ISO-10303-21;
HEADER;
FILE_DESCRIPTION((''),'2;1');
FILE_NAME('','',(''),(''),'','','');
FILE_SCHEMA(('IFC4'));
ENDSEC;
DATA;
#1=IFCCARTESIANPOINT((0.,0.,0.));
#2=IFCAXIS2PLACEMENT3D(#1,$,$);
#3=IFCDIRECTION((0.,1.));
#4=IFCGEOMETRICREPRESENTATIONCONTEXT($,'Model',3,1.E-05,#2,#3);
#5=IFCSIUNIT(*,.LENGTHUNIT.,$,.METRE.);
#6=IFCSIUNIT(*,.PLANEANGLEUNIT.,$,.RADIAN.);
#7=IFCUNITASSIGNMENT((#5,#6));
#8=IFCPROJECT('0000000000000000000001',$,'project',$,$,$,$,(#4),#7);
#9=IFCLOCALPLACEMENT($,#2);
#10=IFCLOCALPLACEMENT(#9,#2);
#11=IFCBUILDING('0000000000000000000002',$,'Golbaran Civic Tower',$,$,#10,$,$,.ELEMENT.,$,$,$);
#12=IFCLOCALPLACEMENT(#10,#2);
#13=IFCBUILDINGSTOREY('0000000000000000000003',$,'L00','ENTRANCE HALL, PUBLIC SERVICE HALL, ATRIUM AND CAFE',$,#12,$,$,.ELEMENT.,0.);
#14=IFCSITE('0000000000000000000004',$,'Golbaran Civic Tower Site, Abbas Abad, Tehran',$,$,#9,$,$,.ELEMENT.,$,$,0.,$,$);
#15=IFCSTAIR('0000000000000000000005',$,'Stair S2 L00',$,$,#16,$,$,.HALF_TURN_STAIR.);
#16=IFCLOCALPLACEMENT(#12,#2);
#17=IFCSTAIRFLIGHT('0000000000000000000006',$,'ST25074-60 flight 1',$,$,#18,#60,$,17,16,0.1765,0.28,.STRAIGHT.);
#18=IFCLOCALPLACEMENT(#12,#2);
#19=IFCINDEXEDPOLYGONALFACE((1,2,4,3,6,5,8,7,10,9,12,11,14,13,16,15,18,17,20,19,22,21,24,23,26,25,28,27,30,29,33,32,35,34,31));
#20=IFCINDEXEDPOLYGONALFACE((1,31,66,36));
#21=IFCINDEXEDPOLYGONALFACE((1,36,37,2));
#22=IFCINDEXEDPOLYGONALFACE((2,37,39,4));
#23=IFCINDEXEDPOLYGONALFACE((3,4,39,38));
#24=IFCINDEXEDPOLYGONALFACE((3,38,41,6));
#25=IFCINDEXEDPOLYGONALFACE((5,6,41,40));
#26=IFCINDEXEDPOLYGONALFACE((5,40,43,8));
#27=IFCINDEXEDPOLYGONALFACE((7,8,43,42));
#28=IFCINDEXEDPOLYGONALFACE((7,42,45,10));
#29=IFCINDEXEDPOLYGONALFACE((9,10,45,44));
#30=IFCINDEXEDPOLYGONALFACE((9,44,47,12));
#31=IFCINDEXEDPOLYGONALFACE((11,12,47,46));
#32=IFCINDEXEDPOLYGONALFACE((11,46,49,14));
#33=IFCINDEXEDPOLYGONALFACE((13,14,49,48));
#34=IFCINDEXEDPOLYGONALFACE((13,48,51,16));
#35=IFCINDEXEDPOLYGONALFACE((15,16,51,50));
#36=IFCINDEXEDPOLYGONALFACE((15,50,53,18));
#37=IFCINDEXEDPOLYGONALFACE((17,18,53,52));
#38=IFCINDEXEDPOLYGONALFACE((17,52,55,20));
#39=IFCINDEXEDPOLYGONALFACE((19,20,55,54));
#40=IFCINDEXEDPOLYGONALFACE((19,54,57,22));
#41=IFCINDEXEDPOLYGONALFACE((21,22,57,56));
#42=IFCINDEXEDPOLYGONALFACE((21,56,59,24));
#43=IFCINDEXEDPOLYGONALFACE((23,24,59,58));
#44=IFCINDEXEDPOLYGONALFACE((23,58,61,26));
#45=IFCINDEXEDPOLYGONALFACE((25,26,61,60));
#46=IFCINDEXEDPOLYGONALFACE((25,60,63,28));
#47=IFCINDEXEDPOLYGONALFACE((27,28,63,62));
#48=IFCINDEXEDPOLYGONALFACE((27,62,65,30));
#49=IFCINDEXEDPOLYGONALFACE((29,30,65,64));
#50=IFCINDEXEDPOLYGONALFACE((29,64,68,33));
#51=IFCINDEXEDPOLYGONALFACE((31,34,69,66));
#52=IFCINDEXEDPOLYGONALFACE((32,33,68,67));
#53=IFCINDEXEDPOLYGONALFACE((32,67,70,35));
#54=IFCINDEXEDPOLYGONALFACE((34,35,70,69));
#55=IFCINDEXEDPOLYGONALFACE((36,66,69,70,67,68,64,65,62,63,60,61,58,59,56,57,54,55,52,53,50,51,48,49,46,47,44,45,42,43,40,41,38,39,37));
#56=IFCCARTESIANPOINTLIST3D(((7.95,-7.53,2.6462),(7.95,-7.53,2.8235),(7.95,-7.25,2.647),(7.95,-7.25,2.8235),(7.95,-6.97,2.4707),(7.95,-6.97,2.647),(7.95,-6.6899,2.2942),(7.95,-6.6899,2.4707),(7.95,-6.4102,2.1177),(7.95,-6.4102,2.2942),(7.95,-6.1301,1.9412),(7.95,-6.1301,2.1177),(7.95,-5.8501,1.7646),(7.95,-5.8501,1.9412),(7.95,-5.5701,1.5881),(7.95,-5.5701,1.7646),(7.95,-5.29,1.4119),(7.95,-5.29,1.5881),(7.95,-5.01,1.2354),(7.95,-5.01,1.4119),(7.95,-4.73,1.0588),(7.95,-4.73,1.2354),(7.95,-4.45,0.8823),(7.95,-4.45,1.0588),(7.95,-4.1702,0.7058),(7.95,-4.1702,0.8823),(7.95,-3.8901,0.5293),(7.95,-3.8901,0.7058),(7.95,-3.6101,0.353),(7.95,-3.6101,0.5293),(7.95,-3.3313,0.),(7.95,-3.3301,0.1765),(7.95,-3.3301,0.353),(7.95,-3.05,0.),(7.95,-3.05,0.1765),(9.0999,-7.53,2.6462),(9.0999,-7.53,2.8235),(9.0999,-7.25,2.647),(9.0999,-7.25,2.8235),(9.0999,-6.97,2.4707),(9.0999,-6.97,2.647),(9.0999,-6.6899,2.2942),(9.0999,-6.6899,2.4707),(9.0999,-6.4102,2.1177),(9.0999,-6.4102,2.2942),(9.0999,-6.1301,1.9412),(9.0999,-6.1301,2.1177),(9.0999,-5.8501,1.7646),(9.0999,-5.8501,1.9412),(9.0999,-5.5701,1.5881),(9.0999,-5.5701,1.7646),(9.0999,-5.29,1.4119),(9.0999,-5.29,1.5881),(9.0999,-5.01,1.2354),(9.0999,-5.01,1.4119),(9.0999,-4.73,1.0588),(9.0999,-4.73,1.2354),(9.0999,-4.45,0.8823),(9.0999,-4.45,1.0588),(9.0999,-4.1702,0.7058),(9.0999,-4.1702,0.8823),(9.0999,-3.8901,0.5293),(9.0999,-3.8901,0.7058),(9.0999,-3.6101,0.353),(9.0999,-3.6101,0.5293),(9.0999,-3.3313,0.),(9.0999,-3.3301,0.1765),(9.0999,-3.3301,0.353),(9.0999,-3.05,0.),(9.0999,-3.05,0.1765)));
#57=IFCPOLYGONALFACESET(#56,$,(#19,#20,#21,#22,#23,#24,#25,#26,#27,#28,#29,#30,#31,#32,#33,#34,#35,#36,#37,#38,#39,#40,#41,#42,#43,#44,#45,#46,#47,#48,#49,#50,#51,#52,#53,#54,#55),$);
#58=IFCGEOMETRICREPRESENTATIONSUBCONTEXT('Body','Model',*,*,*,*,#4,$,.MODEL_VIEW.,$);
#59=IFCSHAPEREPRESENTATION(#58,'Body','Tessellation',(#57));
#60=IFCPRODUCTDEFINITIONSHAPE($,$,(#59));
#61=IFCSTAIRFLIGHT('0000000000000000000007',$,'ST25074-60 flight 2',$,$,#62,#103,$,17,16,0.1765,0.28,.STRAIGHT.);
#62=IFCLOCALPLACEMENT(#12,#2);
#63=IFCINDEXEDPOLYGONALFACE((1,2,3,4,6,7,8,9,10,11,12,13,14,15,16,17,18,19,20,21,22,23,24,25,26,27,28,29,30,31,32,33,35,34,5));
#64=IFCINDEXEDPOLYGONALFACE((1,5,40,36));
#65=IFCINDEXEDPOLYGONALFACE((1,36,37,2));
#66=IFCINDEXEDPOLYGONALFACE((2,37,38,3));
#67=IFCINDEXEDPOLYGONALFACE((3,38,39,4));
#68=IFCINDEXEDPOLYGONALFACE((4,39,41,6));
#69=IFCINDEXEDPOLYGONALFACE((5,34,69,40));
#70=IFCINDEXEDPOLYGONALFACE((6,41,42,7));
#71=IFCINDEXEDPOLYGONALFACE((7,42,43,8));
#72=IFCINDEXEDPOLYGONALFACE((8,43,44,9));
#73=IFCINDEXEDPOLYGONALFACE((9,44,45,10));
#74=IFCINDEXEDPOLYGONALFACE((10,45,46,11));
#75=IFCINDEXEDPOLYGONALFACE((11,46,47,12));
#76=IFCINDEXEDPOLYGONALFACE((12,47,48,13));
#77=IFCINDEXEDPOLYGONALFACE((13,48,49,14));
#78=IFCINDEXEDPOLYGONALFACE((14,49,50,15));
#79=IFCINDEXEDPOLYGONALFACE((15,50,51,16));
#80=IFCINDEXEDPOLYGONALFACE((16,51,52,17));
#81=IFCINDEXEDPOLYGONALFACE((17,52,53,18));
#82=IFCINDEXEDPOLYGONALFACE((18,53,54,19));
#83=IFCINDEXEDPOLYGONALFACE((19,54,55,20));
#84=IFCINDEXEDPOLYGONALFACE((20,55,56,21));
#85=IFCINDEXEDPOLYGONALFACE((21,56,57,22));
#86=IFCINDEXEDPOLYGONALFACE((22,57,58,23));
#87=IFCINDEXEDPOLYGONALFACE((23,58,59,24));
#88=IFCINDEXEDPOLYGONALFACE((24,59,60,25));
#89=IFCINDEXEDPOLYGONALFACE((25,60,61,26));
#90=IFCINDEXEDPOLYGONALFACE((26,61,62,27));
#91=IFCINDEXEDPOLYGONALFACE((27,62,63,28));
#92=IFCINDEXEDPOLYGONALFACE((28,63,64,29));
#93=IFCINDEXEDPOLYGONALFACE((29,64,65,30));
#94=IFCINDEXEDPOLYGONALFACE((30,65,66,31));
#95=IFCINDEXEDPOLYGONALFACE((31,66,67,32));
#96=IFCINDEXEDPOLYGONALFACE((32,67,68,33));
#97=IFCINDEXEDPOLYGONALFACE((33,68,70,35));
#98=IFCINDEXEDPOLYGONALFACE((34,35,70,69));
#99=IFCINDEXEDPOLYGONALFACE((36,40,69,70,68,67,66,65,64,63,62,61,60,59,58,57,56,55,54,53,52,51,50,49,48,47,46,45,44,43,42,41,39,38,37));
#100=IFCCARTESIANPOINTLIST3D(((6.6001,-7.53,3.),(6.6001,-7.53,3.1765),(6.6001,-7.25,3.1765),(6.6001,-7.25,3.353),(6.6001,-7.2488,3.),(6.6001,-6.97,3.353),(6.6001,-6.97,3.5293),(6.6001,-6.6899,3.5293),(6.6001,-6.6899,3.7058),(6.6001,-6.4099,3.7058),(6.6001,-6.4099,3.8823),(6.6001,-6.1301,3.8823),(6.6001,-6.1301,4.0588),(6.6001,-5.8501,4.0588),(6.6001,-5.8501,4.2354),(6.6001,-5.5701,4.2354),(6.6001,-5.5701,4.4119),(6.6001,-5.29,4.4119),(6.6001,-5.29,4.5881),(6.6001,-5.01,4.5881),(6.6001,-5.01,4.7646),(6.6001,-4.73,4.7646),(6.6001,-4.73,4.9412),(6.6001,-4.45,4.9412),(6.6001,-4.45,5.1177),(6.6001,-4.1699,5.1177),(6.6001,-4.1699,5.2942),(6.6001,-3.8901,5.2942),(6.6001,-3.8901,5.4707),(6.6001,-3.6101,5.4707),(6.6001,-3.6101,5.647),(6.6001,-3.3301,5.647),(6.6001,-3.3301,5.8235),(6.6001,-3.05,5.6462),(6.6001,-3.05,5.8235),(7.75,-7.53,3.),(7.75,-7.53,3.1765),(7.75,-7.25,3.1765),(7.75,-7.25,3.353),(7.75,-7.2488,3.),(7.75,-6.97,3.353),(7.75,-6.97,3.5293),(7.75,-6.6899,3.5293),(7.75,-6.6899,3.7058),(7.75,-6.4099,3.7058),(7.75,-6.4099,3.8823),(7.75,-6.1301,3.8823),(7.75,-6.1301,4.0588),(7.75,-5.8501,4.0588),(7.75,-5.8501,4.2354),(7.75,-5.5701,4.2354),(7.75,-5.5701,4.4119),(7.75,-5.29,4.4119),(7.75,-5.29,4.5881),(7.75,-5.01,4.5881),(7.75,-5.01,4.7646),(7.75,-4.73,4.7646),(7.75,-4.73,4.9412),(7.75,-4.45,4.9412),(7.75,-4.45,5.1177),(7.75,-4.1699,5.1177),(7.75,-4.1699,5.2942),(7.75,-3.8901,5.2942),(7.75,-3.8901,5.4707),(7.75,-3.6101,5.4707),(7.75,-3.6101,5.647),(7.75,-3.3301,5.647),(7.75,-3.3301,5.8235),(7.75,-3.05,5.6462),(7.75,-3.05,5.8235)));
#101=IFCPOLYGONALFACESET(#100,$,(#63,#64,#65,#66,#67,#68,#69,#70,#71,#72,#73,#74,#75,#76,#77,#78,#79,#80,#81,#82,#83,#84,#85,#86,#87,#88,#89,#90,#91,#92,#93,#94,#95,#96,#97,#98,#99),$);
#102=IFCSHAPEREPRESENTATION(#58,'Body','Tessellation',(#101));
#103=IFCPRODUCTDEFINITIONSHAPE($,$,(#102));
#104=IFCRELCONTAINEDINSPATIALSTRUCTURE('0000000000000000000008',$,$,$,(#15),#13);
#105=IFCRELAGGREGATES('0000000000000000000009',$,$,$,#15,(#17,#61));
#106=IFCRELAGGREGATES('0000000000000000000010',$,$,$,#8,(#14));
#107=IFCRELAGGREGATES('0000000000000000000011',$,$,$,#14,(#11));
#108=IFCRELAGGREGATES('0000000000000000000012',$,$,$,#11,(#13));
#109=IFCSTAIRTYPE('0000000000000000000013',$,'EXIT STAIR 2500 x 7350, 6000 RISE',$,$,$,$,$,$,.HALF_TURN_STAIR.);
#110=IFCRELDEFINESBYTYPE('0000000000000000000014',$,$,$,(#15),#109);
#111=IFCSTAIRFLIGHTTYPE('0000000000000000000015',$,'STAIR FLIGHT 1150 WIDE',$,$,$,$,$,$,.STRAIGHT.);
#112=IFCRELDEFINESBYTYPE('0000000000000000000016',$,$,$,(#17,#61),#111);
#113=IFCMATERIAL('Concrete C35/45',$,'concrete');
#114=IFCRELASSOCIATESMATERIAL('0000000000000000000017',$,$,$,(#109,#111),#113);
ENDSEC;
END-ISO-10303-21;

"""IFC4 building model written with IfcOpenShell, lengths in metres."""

from ifc_helpers import new_model, si_unit, direction, frame, origin, place, context, subcontext, project, spatial, polyline, outline, extrude, material, type_object, element, aggregate, save


model = new_model("IFC4")

# Units and contexts
model_context = context("Model", 3, precision=1e-05, world=origin(), true_north=direction((0.0, 1.0)))
body_context = subcontext(model_context, "Body", "Model", "MODEL_VIEW")
ifc_project = project(units=[si_unit("LENGTHUNIT", "METRE"), si_unit("PLANEANGLEUNIT", "RADIAN")], contexts=[model_context])

# Site, building, storey
site_placement = place(None, origin())
site = spatial("IfcSite", under=ifc_project, at=site_placement, Name="Golbaran Civic Tower Site, Abbas Abad, Tehran", CompositionType="ELEMENT", RefElevation=0.0)
building_placement = place(site_placement, origin())
building = spatial("IfcBuilding", under=site, at=building_placement, Name="Golbaran Civic Tower", CompositionType="ELEMENT")
storey_placement = place(building_placement, origin())
storey = spatial("IfcBuildingStorey", under=building, at=storey_placement, Name="L00", Description="ENTRANCE HALL, PUBLIC SERVICE HALL, ATRIUM AND CAFE", CompositionType="ELEMENT", Elevation=0.0)

# Stair, stair flights
ifc_material_1 = material(Name="Concrete C35/45", Category="concrete")
stair_type = type_object("IfcStairType", Name="EXIT STAIR 2500 x 7350, 6000 RISE", PredefinedType="HALF_TURN_STAIR", material=ifc_material_1)
stair_placement = place(storey_placement, origin())
stair = element("IfcStair", 1, at=stair_placement, inside=storey, type_object=stair_type, Name="Stair S2 L00", PredefinedType="HALF_TURN_STAIR")
stair_flight_type = type_object("IfcStairFlightType", Name="STAIR FLIGHT 1150 WIDE", PredefinedType="STRAIGHT", material=ifc_material_1)
stair_flight_1_placement = place(storey_placement, frame((8.5249, -3.05, 0.0), z_axis=(0.0, 0.0, 1.0), x_axis=(0.0, -1.0, 0.0)))
stair_flight_1 = element("IfcStairFlight", 2, at=stair_flight_1_placement, type_object=stair_flight_type, Name="ST25074-60 flight 1", NumberOfRisers=17, NumberOfTreads=16, PredefinedType="STRAIGHT", RiserHeight=0.1765, TreadLength=0.28, context=body_context, shape_type="SweptSolid", body=[
    extrude(outline(polyline([(0.0, 0.0), (0.0, 0.1765), (0.28, 0.1765), (0.28, 0.353), (0.5601, 0.353), (0.5601, 0.5293), (0.8401, 0.5293), (0.8401, 0.7058), (1.1201, 0.7058), (1.1201, 0.8823), (1.3999, 0.8823), (1.3999, 1.0588), (1.6799, 1.0588), (1.6799, 1.2354), (1.96, 1.2354), (1.96, 1.4119), (2.24, 1.4119), (2.24, 1.5881), (2.52, 1.5881), (2.52, 1.7646), (2.8, 1.7646), (2.8, 1.9412), (3.0801, 1.9412), (3.0801, 2.1177), (3.3601, 2.1177), (3.3601, 2.2942), (3.6399, 2.2942), (3.6399, 2.4707), (3.9199, 2.4707), (3.9199, 2.647), (4.2, 2.647), (4.2, 2.8235), (4.48, 2.8235), (4.48, 3.0), (4.48, 2.6462), (0.2812, 0.0), (0.0, 0.0)])), frame((0.0, 0.575, 0.0), z_axis=(0.0, -1.0, 0.0), x_axis=(1.0, 0.0, 0.0)), (0.0, 0.0, 1.0), 1.1499),
])
stair_flight_2_placement = place(storey_placement, frame((7.175, -7.53, 3.0), z_axis=(0.0, 0.0, 1.0), x_axis=(0.0, 1.0, 0.0)))
stair_flight_2 = element("IfcStairFlight", 3, at=stair_flight_2_placement, type_object=stair_flight_type, Name="ST25074-60 flight 2", NumberOfRisers=17, NumberOfTreads=16, PredefinedType="STRAIGHT", RiserHeight=0.1765, TreadLength=0.28, context=body_context, shape_type="SweptSolid", body=[
    extrude(outline(polyline([(0.0, 0.0), (0.0, 0.1765), (0.28, 0.1765), (0.28, 0.353), (0.5601, 0.353), (0.5601, 0.5293), (0.8401, 0.5293), (0.8401, 0.7058), (1.1201, 0.7058), (1.1201, 0.8823), (1.3999, 0.8823), (1.3999, 1.0588), (1.6799, 1.0588), (1.6799, 1.2354), (1.96, 1.2354), (1.96, 1.4119), (2.24, 1.4119), (2.24, 1.5881), (2.52, 1.5881), (2.52, 1.7646), (2.8, 1.7646), (2.8, 1.9412), (3.0801, 1.9412), (3.0801, 2.1177), (3.3601, 2.1177), (3.3601, 2.2942), (3.6399, 2.2942), (3.6399, 2.4707), (3.9199, 2.4707), (3.9199, 2.647), (4.2, 2.647), (4.2, 2.8235), (4.48, 2.8235), (4.48, 3.0), (4.48, 2.6462), (0.2812, 0.0), (0.0, 0.0)])), frame((0.0, 0.575, 0.0), z_axis=(0.0, -1.0, 0.0), x_axis=(1.0, 0.0, 0.0)), (0.0, 0.0, 1.0), 1.1499),
])
aggregate(stair, [stair_flight_1, stair_flight_2])

save(model, "model.ifc")
